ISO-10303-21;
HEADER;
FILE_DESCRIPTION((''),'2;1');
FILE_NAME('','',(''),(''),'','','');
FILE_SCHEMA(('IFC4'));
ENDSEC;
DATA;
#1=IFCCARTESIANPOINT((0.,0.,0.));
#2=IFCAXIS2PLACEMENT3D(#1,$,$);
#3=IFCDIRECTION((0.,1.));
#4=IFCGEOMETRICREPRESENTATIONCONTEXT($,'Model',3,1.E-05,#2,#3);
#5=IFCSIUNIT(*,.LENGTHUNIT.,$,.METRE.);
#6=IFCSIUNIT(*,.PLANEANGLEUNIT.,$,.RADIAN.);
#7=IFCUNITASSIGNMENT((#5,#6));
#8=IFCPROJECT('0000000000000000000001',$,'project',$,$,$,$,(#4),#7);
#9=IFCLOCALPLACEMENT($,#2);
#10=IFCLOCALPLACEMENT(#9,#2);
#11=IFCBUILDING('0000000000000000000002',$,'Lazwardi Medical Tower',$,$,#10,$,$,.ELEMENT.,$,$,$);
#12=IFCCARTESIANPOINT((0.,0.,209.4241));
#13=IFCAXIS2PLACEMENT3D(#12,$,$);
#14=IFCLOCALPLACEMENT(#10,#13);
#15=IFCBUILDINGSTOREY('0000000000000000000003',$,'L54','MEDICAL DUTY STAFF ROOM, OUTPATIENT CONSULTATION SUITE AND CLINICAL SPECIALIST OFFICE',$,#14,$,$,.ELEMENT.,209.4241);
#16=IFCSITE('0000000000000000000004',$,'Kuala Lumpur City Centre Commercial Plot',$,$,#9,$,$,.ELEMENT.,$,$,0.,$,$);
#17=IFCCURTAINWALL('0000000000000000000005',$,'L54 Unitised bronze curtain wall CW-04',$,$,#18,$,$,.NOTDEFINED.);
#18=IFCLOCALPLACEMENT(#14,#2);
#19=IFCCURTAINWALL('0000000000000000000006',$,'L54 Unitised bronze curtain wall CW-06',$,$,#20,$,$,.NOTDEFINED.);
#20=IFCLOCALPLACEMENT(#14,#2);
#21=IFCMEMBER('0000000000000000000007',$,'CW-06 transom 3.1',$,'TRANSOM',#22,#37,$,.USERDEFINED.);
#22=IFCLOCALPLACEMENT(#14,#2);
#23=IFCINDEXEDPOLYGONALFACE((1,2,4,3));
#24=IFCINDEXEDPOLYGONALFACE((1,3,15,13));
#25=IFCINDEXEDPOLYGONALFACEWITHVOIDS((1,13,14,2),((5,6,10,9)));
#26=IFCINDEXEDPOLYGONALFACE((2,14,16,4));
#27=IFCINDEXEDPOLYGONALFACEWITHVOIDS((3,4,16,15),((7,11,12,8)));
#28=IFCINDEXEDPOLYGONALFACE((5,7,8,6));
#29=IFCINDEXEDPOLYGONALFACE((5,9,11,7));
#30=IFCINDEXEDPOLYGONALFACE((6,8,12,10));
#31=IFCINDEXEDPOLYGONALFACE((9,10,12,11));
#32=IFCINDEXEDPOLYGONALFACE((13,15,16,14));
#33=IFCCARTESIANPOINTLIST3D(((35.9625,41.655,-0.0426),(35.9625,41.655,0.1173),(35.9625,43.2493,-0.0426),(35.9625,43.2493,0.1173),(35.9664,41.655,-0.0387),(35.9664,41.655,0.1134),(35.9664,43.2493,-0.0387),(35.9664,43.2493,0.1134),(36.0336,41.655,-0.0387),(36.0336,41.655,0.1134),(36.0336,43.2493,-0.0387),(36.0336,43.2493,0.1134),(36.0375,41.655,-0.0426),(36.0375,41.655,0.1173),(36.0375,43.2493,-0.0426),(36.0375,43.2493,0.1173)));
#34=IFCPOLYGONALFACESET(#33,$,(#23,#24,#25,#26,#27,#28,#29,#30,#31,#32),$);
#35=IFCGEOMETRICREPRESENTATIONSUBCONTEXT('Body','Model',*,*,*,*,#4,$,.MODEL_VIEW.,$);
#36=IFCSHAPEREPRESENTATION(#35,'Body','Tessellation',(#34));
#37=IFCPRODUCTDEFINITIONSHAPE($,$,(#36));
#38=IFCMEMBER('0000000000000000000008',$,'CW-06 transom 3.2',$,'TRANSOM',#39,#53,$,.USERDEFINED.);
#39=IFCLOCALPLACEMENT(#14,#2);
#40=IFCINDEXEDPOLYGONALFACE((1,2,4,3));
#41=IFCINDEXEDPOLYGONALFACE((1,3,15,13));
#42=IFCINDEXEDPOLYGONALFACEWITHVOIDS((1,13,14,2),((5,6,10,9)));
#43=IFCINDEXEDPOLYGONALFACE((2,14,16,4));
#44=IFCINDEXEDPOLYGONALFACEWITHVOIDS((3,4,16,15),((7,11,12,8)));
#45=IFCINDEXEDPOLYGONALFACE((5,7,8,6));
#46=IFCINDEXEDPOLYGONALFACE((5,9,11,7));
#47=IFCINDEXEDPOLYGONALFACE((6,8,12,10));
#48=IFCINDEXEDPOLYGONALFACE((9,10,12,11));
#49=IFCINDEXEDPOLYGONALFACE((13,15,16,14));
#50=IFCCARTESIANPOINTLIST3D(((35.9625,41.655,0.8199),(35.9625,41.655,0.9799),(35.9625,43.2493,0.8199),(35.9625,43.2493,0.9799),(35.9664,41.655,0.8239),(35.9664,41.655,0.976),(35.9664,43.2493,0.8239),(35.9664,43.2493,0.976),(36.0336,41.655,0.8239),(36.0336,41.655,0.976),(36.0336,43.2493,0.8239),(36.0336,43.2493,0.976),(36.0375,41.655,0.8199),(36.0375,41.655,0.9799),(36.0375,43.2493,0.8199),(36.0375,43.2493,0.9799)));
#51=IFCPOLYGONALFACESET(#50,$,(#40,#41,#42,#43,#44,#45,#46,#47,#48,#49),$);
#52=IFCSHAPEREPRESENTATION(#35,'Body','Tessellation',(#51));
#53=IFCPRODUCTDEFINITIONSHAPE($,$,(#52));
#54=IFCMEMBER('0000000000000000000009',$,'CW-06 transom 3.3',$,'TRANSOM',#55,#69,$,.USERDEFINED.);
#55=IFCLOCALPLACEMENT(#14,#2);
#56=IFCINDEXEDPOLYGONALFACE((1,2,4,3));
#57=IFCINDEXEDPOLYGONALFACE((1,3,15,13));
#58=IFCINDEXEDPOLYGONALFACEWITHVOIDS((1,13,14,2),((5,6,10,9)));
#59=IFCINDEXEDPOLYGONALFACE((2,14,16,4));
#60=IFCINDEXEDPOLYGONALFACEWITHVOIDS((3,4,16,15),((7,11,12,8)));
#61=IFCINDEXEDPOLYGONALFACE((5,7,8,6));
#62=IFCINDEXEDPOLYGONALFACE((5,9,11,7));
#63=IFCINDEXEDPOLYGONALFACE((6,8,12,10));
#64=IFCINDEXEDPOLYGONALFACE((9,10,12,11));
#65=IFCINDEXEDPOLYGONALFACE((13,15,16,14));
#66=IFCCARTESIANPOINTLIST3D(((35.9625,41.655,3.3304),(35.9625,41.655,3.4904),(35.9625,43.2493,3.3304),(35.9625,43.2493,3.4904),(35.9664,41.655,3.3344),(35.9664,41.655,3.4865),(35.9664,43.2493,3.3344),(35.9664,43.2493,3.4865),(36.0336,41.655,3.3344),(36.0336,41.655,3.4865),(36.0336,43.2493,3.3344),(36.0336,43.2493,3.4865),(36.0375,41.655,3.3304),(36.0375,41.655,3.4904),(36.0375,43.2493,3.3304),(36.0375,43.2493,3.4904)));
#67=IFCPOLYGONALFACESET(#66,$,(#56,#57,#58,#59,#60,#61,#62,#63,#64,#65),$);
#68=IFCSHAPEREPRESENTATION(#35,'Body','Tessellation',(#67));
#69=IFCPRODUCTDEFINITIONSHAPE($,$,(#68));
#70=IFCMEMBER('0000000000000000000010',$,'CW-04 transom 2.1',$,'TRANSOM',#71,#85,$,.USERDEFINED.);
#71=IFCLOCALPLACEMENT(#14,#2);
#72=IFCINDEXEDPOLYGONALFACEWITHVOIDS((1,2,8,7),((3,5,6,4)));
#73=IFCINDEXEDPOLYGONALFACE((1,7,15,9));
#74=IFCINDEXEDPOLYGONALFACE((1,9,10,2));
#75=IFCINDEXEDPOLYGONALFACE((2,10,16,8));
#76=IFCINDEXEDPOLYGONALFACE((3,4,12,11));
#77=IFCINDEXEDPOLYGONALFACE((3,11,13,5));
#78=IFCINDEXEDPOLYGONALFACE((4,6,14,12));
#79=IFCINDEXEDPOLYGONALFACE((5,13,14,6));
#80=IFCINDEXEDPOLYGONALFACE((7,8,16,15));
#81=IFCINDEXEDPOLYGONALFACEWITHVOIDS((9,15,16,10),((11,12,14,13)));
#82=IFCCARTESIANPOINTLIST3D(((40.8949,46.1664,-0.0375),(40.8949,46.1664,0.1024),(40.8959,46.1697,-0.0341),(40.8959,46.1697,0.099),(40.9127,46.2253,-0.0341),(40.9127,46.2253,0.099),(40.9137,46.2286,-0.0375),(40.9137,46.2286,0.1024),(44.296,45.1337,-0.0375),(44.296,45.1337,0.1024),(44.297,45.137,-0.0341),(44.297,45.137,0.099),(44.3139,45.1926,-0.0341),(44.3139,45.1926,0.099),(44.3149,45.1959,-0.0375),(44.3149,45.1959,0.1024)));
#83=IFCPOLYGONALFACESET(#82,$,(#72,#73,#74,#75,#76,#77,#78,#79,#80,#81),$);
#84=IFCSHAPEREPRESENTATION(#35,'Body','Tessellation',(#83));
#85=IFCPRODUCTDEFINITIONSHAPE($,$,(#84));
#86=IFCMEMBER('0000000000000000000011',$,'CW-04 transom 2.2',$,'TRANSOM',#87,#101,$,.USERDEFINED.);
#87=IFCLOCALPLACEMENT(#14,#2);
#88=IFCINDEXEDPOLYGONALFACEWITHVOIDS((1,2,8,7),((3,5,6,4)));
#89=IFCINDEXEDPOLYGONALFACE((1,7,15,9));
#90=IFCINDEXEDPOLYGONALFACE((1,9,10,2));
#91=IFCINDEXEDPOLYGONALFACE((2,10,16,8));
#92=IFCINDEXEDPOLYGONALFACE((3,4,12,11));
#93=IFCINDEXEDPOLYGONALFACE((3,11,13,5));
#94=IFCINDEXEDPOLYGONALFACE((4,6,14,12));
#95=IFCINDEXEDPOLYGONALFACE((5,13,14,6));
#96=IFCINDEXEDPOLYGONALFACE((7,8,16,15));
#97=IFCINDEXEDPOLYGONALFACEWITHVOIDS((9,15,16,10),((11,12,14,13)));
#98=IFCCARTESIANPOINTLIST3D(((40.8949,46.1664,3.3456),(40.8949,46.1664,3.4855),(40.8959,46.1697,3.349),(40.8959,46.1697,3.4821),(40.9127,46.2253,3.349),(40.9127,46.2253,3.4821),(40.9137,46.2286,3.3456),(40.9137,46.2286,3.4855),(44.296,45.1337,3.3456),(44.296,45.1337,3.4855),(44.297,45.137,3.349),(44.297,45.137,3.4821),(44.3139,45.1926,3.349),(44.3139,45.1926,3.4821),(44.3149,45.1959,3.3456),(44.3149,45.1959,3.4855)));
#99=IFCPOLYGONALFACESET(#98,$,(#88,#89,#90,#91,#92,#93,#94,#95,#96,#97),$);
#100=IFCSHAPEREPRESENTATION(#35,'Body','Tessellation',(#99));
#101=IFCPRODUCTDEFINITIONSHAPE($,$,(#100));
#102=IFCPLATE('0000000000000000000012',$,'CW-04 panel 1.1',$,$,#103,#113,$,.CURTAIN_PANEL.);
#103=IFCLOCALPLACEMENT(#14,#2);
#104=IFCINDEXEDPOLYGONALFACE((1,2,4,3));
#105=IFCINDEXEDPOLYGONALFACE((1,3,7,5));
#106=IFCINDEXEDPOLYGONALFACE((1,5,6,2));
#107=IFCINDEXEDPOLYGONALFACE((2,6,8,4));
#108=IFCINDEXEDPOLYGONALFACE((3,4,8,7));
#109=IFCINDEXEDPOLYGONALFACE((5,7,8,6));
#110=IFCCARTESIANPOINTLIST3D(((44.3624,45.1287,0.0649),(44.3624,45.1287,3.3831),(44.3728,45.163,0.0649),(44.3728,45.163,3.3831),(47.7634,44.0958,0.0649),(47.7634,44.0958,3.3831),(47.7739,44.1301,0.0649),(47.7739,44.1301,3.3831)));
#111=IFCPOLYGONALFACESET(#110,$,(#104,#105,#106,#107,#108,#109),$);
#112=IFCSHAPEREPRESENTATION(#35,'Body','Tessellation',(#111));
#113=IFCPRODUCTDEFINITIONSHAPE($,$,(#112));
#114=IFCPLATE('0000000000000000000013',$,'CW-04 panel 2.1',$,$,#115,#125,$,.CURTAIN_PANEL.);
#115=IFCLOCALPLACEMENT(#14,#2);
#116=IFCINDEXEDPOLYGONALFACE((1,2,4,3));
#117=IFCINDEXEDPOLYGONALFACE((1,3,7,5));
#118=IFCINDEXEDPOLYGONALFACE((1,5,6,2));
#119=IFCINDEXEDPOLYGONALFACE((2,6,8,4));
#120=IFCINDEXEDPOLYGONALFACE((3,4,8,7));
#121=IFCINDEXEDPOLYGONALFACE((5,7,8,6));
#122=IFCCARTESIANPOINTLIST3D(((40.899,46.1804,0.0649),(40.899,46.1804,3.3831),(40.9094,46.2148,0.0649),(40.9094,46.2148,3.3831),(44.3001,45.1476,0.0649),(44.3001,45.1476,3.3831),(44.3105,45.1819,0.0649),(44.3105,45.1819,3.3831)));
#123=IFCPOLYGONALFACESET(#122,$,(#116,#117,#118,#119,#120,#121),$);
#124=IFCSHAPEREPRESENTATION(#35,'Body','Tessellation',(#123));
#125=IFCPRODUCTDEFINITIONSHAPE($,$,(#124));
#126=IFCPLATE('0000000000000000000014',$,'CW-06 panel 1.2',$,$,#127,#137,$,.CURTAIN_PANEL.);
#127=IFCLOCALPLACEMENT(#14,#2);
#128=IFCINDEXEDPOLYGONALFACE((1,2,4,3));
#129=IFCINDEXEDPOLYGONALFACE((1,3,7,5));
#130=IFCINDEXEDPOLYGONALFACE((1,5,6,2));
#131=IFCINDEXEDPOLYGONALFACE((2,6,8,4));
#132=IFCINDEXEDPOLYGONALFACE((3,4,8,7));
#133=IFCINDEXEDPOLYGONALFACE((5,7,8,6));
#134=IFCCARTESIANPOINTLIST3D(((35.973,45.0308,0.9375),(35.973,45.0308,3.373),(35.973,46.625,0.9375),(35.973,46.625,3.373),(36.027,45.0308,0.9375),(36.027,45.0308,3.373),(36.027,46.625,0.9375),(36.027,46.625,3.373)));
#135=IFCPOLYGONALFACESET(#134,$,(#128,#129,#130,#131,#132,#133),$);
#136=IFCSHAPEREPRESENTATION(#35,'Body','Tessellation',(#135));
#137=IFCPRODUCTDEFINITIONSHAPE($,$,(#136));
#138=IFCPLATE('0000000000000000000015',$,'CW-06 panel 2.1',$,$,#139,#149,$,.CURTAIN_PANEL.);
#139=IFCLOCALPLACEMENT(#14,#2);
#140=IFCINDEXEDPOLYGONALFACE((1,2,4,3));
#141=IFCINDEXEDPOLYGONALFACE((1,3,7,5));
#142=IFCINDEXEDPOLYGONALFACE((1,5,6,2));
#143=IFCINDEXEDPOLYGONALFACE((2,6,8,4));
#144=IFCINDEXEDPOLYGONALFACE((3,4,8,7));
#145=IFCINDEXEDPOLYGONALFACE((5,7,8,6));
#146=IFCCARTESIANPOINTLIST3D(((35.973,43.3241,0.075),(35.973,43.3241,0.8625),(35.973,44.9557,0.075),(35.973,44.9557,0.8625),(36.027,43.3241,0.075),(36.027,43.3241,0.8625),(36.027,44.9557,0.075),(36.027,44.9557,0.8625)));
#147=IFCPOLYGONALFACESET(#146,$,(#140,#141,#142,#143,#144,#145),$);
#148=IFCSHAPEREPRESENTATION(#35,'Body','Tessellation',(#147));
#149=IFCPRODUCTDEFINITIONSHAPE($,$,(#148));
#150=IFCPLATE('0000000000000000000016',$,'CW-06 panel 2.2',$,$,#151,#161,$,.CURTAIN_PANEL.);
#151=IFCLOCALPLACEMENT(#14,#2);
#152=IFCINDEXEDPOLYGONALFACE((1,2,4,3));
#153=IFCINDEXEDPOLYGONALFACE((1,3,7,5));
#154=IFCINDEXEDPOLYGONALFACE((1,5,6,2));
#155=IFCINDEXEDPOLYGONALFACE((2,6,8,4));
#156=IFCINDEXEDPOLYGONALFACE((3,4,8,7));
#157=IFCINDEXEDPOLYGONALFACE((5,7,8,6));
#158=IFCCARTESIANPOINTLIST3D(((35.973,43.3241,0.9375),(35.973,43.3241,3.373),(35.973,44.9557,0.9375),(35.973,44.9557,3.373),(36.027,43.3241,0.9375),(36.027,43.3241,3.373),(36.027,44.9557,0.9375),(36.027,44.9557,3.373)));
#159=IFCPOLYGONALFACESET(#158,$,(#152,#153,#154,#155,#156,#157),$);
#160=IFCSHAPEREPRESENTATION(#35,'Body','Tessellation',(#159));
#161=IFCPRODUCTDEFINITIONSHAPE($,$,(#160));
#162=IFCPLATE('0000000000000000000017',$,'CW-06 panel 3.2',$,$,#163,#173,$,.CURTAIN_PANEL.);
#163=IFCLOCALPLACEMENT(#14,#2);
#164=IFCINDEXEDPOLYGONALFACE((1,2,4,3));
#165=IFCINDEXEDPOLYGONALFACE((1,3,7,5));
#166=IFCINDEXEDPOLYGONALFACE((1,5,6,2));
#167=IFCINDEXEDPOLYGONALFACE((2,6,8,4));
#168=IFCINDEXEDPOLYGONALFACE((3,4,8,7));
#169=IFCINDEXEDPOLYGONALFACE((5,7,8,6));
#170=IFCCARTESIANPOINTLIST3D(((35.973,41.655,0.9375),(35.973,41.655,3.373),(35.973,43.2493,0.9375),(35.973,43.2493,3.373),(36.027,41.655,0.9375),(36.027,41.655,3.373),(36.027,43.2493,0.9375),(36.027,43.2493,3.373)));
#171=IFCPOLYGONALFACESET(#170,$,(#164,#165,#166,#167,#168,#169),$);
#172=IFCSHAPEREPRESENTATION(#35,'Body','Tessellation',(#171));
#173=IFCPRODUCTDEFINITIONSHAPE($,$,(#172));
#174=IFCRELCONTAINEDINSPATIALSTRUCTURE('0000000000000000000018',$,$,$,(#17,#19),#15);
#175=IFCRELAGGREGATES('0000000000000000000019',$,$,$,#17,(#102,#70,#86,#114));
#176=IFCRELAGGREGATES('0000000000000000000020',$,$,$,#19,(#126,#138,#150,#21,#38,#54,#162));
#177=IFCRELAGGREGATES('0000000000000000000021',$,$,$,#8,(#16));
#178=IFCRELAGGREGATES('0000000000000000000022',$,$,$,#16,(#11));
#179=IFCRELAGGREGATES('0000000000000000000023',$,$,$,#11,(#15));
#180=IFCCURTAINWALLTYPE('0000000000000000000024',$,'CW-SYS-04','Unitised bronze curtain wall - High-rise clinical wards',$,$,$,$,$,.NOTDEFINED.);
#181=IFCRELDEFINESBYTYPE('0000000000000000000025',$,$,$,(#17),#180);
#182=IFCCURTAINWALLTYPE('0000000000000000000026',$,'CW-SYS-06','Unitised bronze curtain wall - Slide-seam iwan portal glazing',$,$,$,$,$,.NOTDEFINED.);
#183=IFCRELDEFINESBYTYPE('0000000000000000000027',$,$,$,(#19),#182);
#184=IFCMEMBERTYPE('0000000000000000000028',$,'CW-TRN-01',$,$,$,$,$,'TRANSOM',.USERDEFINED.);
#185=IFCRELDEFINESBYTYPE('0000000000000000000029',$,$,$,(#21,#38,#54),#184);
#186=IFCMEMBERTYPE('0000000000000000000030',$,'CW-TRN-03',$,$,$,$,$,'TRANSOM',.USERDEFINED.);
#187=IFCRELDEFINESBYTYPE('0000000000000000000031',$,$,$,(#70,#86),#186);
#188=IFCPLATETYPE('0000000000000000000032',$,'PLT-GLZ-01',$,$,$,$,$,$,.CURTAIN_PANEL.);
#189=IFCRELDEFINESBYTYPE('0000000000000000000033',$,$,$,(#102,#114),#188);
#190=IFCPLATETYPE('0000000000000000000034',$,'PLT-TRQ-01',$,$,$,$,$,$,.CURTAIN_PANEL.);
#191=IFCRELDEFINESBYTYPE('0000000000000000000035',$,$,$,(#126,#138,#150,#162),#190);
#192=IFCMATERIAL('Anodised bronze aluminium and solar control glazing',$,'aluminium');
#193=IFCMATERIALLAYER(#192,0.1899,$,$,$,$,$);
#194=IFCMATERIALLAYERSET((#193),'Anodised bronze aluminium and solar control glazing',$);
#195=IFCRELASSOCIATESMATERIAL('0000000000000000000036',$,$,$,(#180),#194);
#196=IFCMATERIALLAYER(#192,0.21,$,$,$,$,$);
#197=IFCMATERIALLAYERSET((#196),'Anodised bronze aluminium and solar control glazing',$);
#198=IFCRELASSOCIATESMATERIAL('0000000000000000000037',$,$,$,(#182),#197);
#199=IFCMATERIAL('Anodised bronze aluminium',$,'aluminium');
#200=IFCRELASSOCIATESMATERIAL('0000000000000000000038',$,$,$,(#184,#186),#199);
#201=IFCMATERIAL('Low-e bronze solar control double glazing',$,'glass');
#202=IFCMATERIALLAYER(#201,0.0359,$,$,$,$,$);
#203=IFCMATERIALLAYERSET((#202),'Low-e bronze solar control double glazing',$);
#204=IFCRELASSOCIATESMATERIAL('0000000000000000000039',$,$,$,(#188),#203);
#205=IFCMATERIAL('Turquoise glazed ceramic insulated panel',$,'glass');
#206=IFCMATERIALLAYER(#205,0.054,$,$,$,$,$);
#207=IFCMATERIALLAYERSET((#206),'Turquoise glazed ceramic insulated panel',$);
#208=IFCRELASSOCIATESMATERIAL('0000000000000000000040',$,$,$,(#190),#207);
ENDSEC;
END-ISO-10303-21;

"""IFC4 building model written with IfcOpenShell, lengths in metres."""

from ifc_helpers import new_model, si_unit, direction, frame, origin, origin_2d, place, context, subcontext, project, spatial, rectangle, hollow_rectangle, extrude, material, layer, layer_set, material_profile, profile_set, type_object, element, aggregate, save


model = new_model("IFC4")

# Units and contexts
model_context = context("Model", 3, precision=1e-05, world=origin(), true_north=direction((0.0, 1.0)))
body_context = subcontext(model_context, "Body", "Model", "MODEL_VIEW")
ifc_project = project(units=[si_unit("LENGTHUNIT", "METRE"), si_unit("PLANEANGLEUNIT", "RADIAN")], contexts=[model_context])

# Site, building, storey
site_placement = place(None, origin())
site = spatial("IfcSite", under=ifc_project, at=site_placement, Name="Kuala Lumpur City Centre Commercial Plot", CompositionType="ELEMENT", RefElevation=0.0)
building_placement = place(site_placement, origin())
building = spatial("IfcBuilding", under=site, at=building_placement, Name="Lazwardi Medical Tower", CompositionType="ELEMENT")
storey_placement = place(building_placement, frame((0.0, 0.0, 209.4241)))
storey = spatial("IfcBuildingStorey", under=building, at=storey_placement, Name="L54", Description="MEDICAL DUTY STAFF ROOM, OUTPATIENT CONSULTATION SUITE AND CLINICAL SPECIALIST OFFICE", CompositionType="ELEMENT", Elevation=209.4241)

# Curtain walls, members
ifc_material_1 = material(Name="Anodised bronze aluminium and solar control glazing", Category="aluminium")
ifc_layer_1 = layer(ifc_material_1, 0.1899)
ifc_layer_set_1 = layer_set([ifc_layer_1], Name="Anodised bronze aluminium and solar control glazing")
curtain_wall_type_1 = type_object("IfcCurtainWallType", Name="CW-SYS-04", Description="Unitised bronze curtain wall - High-rise clinical wards", PredefinedType="NOTDEFINED", material=ifc_layer_set_1)
curtain_wall_1_placement = place(storey_placement, origin())
curtain_wall_1 = element("IfcCurtainWall", 1, at=curtain_wall_1_placement, inside=storey, type_object=curtain_wall_type_1, Name="L54 Unitised bronze curtain wall CW-04", PredefinedType="NOTDEFINED")
ifc_material_2 = material(Name="Anodised bronze aluminium", Category="aluminium")
ifc_layer_2 = layer(ifc_material_1, 0.21)
ifc_layer_set_2 = layer_set([ifc_layer_2], Name="Anodised bronze aluminium and solar control glazing")
curtain_wall_type_2 = type_object("IfcCurtainWallType", Name="CW-SYS-06", Description="Unitised bronze curtain wall - Slide-seam iwan portal glazing", PredefinedType="NOTDEFINED", material=ifc_layer_set_2)
curtain_wall_2_placement = place(storey_placement, origin())
curtain_wall_2 = element("IfcCurtainWall", 2, at=curtain_wall_2_placement, inside=storey, type_object=curtain_wall_type_2, Name="L54 Unitised bronze curtain wall CW-06", PredefinedType="NOTDEFINED")
ifc_material_profile_1 = material_profile(ifc_material_2, hollow_rectangle(XDim=0.075, YDim=0.1599, WallThickness=0.0039, at=origin_2d()), Name="ALU-TRANSOM 160x75x4")
ifc_profile_set_1 = profile_set([ifc_material_profile_1], Name="Anodised bronze aluminium")
member_type_1 = type_object("IfcMemberType", Name="CW-TRN-01", ElementType="TRANSOM", PredefinedType="USERDEFINED", material=ifc_profile_set_1)
member_1_placement = place(storey_placement, frame((36.0, 43.2493, 0.0374), z_axis=(0.0, -1.0, 0.0), x_axis=(1.0, 0.0, 0.0)))
member_1 = element("IfcMember", 3, at=member_1_placement, type_object=member_type_1, Name="CW-06 transom 3.1", ObjectType="TRANSOM", PredefinedType="USERDEFINED", context=body_context, shape_type="SweptSolid", body=[
    extrude(hollow_rectangle(XDim=0.075, YDim=0.1599, WallThickness=0.0039, at=origin_2d()), origin(), (0.0, 0.0, 1.0), 1.5942),
])
member_2_placement = place(storey_placement, frame((36.0, 43.2493, 0.8999), z_axis=(0.0, -1.0, 0.0), x_axis=(1.0, 0.0, 0.0)))
member_2 = element("IfcMember", 4, at=member_2_placement, type_object=member_type_1, Name="CW-06 transom 3.2", ObjectType="TRANSOM", PredefinedType="USERDEFINED", context=body_context, shape_type="SweptSolid", body=[
    extrude(hollow_rectangle(XDim=0.075, YDim=0.1599, WallThickness=0.0039, at=origin_2d()), origin(), (0.0, 0.0, 1.0), 1.5942),
])
member_3_placement = place(storey_placement, frame((36.0, 43.2493, 3.4104), z_axis=(0.0, -1.0, 0.0), x_axis=(1.0, 0.0, 0.0)))
member_3 = element("IfcMember", 5, at=member_3_placement, type_object=member_type_1, Name="CW-06 transom 3.3", ObjectType="TRANSOM", PredefinedType="USERDEFINED", context=body_context, shape_type="SweptSolid", body=[
    extrude(hollow_rectangle(XDim=0.075, YDim=0.1599, WallThickness=0.0039, at=origin_2d()), origin(), (0.0, 0.0, 1.0), 1.5942),
])

# Members
ifc_material_profile_2 = material_profile(ifc_material_2, hollow_rectangle(XDim=0.0649, YDim=0.1399, WallThickness=0.0034, at=origin_2d()), Name="ALU-TRANSOM 140x65x3.5")
ifc_profile_set_2 = profile_set([ifc_material_profile_2], Name="Anodised bronze aluminium")
member_type_2 = type_object("IfcMemberType", Name="CW-TRN-03", ElementType="TRANSOM", PredefinedType="USERDEFINED", material=ifc_profile_set_2)
member_4_placement = place(storey_placement, frame((44.3054, 45.1648, 0.0325), z_axis=(-0.956863, 0.290541, 0.0), x_axis=(-0.290541, -0.956863, 0.0)))
member_4 = element("IfcMember", 6, at=member_4_placement, type_object=member_type_2, Name="CW-04 transom 2.1", ObjectType="TRANSOM", PredefinedType="USERDEFINED", context=body_context, shape_type="SweptSolid", body=[
    extrude(hollow_rectangle(XDim=0.0649, YDim=0.1399, WallThickness=0.0034, at=origin_2d()), origin(), (0.0, 0.0, 1.0), 3.5544),
])
member_5_placement = place(storey_placement, frame((44.3054, 45.1648, 3.4155), z_axis=(-0.956863, 0.290541, 0.0), x_axis=(-0.290541, -0.956863, 0.0)))
member_5 = element("IfcMember", 7, at=member_5_placement, type_object=member_type_2, Name="CW-04 transom 2.2", ObjectType="TRANSOM", PredefinedType="USERDEFINED", context=body_context, shape_type="SweptSolid", body=[
    extrude(hollow_rectangle(XDim=0.0649, YDim=0.1399, WallThickness=0.0034, at=origin_2d()), origin(), (0.0, 0.0, 1.0), 3.5544),
])

# Plates
ifc_material_3 = material(Name="Low-e bronze solar control double glazing", Category="glass")
ifc_layer_3 = layer(ifc_material_3, 0.0359)
ifc_layer_set_3 = layer_set([ifc_layer_3], Name="Low-e bronze solar control double glazing")
plate_type_1 = type_object("IfcPlateType", Name="PLT-GLZ-01", PredefinedType="CURTAIN_PANEL", material=ifc_layer_set_3)
plate_1_placement = place(storey_placement, frame((46.0681, 44.6294, 0.0649), z_axis=(0.0, 0.0, 1.0), x_axis=(-0.95685, 0.290582, 0.0)))
plate_1 = element("IfcPlate", 8, at=plate_1_placement, type_object=plate_type_1, Name="CW-04 panel 1.1", PredefinedType="CURTAIN_PANEL", context=body_context, shape_type="SweptSolid", body=[
    extrude(rectangle(XDim=3.5544, YDim=0.0359, at=origin_2d()), origin(), (0.0, 0.0, 1.0), 3.3181),
])
plate_2_placement = place(storey_placement, frame((42.6047, 45.6812, 0.0649), z_axis=(0.0, 0.0, 1.0), x_axis=(-0.95685, 0.290582, 0.0)))
plate_2 = element("IfcPlate", 9, at=plate_2_placement, type_object=plate_type_1, Name="CW-04 panel 2.1", PredefinedType="CURTAIN_PANEL", context=body_context, shape_type="SweptSolid", body=[
    extrude(rectangle(XDim=3.5544, YDim=0.0359, at=origin_2d()), origin(), (0.0, 0.0, 1.0), 3.3181),
])
aggregate(curtain_wall_1, [plate_1, member_4, member_5, plate_2])
ifc_material_4 = material(Name="Turquoise glazed ceramic insulated panel", Category="glass")
ifc_layer_4 = layer(ifc_material_4, 0.054)
ifc_layer_set_4 = layer_set([ifc_layer_4], Name="Turquoise glazed ceramic insulated panel")
plate_type_2 = type_object("IfcPlateType", Name="PLT-TRQ-01", PredefinedType="CURTAIN_PANEL", material=ifc_layer_set_4)
plate_3_placement = place(storey_placement, frame((36.0, 45.8279, 0.9375), z_axis=(0.0, 0.0, 1.0), x_axis=(0.0, -1.0, 0.0)))
plate_3 = element("IfcPlate", 10, at=plate_3_placement, type_object=plate_type_2, Name="CW-06 panel 1.2", PredefinedType="CURTAIN_PANEL", context=body_context, shape_type="SweptSolid", body=[
    extrude(rectangle(XDim=1.5942, YDim=0.054, at=origin_2d()), origin(), (0.0, 0.0, 1.0), 2.4355),
])
plate_4_placement = place(storey_placement, frame((36.0, 44.1399, 0.075), z_axis=(0.0, 0.0, 1.0), x_axis=(0.0, -1.0, 0.0)))
plate_4 = element("IfcPlate", 11, at=plate_4_placement, type_object=plate_type_2, Name="CW-06 panel 2.1", PredefinedType="CURTAIN_PANEL", context=body_context, shape_type="SweptSolid", body=[
    extrude(rectangle(XDim=1.6316, YDim=0.054, at=origin_2d()), origin(), (0.0, 0.0, 1.0), 0.7876),
])
plate_5_placement = place(storey_placement, frame((36.0, 44.1399, 0.9375), z_axis=(0.0, 0.0, 1.0), x_axis=(0.0, -1.0, 0.0)))
plate_5 = element("IfcPlate", 12, at=plate_5_placement, type_object=plate_type_2, Name="CW-06 panel 2.2", PredefinedType="CURTAIN_PANEL", context=body_context, shape_type="SweptSolid", body=[
    extrude(rectangle(XDim=1.6316, YDim=0.054, at=origin_2d()), origin(), (0.0, 0.0, 1.0), 2.4355),
])
plate_6_placement = place(storey_placement, frame((36.0, 42.4521, 0.9375), z_axis=(0.0, 0.0, 1.0), x_axis=(0.0, -1.0, 0.0)))
plate_6 = element("IfcPlate", 13, at=plate_6_placement, type_object=plate_type_2, Name="CW-06 panel 3.2", PredefinedType="CURTAIN_PANEL", context=body_context, shape_type="SweptSolid", body=[
    extrude(rectangle(XDim=1.5942, YDim=0.054, at=origin_2d()), origin(), (0.0, 0.0, 1.0), 2.4355),
])
aggregate(curtain_wall_2, [plate_3, plate_4, plate_5, member_1, member_2, member_3, plate_6])

save(model, "model.ifc")
